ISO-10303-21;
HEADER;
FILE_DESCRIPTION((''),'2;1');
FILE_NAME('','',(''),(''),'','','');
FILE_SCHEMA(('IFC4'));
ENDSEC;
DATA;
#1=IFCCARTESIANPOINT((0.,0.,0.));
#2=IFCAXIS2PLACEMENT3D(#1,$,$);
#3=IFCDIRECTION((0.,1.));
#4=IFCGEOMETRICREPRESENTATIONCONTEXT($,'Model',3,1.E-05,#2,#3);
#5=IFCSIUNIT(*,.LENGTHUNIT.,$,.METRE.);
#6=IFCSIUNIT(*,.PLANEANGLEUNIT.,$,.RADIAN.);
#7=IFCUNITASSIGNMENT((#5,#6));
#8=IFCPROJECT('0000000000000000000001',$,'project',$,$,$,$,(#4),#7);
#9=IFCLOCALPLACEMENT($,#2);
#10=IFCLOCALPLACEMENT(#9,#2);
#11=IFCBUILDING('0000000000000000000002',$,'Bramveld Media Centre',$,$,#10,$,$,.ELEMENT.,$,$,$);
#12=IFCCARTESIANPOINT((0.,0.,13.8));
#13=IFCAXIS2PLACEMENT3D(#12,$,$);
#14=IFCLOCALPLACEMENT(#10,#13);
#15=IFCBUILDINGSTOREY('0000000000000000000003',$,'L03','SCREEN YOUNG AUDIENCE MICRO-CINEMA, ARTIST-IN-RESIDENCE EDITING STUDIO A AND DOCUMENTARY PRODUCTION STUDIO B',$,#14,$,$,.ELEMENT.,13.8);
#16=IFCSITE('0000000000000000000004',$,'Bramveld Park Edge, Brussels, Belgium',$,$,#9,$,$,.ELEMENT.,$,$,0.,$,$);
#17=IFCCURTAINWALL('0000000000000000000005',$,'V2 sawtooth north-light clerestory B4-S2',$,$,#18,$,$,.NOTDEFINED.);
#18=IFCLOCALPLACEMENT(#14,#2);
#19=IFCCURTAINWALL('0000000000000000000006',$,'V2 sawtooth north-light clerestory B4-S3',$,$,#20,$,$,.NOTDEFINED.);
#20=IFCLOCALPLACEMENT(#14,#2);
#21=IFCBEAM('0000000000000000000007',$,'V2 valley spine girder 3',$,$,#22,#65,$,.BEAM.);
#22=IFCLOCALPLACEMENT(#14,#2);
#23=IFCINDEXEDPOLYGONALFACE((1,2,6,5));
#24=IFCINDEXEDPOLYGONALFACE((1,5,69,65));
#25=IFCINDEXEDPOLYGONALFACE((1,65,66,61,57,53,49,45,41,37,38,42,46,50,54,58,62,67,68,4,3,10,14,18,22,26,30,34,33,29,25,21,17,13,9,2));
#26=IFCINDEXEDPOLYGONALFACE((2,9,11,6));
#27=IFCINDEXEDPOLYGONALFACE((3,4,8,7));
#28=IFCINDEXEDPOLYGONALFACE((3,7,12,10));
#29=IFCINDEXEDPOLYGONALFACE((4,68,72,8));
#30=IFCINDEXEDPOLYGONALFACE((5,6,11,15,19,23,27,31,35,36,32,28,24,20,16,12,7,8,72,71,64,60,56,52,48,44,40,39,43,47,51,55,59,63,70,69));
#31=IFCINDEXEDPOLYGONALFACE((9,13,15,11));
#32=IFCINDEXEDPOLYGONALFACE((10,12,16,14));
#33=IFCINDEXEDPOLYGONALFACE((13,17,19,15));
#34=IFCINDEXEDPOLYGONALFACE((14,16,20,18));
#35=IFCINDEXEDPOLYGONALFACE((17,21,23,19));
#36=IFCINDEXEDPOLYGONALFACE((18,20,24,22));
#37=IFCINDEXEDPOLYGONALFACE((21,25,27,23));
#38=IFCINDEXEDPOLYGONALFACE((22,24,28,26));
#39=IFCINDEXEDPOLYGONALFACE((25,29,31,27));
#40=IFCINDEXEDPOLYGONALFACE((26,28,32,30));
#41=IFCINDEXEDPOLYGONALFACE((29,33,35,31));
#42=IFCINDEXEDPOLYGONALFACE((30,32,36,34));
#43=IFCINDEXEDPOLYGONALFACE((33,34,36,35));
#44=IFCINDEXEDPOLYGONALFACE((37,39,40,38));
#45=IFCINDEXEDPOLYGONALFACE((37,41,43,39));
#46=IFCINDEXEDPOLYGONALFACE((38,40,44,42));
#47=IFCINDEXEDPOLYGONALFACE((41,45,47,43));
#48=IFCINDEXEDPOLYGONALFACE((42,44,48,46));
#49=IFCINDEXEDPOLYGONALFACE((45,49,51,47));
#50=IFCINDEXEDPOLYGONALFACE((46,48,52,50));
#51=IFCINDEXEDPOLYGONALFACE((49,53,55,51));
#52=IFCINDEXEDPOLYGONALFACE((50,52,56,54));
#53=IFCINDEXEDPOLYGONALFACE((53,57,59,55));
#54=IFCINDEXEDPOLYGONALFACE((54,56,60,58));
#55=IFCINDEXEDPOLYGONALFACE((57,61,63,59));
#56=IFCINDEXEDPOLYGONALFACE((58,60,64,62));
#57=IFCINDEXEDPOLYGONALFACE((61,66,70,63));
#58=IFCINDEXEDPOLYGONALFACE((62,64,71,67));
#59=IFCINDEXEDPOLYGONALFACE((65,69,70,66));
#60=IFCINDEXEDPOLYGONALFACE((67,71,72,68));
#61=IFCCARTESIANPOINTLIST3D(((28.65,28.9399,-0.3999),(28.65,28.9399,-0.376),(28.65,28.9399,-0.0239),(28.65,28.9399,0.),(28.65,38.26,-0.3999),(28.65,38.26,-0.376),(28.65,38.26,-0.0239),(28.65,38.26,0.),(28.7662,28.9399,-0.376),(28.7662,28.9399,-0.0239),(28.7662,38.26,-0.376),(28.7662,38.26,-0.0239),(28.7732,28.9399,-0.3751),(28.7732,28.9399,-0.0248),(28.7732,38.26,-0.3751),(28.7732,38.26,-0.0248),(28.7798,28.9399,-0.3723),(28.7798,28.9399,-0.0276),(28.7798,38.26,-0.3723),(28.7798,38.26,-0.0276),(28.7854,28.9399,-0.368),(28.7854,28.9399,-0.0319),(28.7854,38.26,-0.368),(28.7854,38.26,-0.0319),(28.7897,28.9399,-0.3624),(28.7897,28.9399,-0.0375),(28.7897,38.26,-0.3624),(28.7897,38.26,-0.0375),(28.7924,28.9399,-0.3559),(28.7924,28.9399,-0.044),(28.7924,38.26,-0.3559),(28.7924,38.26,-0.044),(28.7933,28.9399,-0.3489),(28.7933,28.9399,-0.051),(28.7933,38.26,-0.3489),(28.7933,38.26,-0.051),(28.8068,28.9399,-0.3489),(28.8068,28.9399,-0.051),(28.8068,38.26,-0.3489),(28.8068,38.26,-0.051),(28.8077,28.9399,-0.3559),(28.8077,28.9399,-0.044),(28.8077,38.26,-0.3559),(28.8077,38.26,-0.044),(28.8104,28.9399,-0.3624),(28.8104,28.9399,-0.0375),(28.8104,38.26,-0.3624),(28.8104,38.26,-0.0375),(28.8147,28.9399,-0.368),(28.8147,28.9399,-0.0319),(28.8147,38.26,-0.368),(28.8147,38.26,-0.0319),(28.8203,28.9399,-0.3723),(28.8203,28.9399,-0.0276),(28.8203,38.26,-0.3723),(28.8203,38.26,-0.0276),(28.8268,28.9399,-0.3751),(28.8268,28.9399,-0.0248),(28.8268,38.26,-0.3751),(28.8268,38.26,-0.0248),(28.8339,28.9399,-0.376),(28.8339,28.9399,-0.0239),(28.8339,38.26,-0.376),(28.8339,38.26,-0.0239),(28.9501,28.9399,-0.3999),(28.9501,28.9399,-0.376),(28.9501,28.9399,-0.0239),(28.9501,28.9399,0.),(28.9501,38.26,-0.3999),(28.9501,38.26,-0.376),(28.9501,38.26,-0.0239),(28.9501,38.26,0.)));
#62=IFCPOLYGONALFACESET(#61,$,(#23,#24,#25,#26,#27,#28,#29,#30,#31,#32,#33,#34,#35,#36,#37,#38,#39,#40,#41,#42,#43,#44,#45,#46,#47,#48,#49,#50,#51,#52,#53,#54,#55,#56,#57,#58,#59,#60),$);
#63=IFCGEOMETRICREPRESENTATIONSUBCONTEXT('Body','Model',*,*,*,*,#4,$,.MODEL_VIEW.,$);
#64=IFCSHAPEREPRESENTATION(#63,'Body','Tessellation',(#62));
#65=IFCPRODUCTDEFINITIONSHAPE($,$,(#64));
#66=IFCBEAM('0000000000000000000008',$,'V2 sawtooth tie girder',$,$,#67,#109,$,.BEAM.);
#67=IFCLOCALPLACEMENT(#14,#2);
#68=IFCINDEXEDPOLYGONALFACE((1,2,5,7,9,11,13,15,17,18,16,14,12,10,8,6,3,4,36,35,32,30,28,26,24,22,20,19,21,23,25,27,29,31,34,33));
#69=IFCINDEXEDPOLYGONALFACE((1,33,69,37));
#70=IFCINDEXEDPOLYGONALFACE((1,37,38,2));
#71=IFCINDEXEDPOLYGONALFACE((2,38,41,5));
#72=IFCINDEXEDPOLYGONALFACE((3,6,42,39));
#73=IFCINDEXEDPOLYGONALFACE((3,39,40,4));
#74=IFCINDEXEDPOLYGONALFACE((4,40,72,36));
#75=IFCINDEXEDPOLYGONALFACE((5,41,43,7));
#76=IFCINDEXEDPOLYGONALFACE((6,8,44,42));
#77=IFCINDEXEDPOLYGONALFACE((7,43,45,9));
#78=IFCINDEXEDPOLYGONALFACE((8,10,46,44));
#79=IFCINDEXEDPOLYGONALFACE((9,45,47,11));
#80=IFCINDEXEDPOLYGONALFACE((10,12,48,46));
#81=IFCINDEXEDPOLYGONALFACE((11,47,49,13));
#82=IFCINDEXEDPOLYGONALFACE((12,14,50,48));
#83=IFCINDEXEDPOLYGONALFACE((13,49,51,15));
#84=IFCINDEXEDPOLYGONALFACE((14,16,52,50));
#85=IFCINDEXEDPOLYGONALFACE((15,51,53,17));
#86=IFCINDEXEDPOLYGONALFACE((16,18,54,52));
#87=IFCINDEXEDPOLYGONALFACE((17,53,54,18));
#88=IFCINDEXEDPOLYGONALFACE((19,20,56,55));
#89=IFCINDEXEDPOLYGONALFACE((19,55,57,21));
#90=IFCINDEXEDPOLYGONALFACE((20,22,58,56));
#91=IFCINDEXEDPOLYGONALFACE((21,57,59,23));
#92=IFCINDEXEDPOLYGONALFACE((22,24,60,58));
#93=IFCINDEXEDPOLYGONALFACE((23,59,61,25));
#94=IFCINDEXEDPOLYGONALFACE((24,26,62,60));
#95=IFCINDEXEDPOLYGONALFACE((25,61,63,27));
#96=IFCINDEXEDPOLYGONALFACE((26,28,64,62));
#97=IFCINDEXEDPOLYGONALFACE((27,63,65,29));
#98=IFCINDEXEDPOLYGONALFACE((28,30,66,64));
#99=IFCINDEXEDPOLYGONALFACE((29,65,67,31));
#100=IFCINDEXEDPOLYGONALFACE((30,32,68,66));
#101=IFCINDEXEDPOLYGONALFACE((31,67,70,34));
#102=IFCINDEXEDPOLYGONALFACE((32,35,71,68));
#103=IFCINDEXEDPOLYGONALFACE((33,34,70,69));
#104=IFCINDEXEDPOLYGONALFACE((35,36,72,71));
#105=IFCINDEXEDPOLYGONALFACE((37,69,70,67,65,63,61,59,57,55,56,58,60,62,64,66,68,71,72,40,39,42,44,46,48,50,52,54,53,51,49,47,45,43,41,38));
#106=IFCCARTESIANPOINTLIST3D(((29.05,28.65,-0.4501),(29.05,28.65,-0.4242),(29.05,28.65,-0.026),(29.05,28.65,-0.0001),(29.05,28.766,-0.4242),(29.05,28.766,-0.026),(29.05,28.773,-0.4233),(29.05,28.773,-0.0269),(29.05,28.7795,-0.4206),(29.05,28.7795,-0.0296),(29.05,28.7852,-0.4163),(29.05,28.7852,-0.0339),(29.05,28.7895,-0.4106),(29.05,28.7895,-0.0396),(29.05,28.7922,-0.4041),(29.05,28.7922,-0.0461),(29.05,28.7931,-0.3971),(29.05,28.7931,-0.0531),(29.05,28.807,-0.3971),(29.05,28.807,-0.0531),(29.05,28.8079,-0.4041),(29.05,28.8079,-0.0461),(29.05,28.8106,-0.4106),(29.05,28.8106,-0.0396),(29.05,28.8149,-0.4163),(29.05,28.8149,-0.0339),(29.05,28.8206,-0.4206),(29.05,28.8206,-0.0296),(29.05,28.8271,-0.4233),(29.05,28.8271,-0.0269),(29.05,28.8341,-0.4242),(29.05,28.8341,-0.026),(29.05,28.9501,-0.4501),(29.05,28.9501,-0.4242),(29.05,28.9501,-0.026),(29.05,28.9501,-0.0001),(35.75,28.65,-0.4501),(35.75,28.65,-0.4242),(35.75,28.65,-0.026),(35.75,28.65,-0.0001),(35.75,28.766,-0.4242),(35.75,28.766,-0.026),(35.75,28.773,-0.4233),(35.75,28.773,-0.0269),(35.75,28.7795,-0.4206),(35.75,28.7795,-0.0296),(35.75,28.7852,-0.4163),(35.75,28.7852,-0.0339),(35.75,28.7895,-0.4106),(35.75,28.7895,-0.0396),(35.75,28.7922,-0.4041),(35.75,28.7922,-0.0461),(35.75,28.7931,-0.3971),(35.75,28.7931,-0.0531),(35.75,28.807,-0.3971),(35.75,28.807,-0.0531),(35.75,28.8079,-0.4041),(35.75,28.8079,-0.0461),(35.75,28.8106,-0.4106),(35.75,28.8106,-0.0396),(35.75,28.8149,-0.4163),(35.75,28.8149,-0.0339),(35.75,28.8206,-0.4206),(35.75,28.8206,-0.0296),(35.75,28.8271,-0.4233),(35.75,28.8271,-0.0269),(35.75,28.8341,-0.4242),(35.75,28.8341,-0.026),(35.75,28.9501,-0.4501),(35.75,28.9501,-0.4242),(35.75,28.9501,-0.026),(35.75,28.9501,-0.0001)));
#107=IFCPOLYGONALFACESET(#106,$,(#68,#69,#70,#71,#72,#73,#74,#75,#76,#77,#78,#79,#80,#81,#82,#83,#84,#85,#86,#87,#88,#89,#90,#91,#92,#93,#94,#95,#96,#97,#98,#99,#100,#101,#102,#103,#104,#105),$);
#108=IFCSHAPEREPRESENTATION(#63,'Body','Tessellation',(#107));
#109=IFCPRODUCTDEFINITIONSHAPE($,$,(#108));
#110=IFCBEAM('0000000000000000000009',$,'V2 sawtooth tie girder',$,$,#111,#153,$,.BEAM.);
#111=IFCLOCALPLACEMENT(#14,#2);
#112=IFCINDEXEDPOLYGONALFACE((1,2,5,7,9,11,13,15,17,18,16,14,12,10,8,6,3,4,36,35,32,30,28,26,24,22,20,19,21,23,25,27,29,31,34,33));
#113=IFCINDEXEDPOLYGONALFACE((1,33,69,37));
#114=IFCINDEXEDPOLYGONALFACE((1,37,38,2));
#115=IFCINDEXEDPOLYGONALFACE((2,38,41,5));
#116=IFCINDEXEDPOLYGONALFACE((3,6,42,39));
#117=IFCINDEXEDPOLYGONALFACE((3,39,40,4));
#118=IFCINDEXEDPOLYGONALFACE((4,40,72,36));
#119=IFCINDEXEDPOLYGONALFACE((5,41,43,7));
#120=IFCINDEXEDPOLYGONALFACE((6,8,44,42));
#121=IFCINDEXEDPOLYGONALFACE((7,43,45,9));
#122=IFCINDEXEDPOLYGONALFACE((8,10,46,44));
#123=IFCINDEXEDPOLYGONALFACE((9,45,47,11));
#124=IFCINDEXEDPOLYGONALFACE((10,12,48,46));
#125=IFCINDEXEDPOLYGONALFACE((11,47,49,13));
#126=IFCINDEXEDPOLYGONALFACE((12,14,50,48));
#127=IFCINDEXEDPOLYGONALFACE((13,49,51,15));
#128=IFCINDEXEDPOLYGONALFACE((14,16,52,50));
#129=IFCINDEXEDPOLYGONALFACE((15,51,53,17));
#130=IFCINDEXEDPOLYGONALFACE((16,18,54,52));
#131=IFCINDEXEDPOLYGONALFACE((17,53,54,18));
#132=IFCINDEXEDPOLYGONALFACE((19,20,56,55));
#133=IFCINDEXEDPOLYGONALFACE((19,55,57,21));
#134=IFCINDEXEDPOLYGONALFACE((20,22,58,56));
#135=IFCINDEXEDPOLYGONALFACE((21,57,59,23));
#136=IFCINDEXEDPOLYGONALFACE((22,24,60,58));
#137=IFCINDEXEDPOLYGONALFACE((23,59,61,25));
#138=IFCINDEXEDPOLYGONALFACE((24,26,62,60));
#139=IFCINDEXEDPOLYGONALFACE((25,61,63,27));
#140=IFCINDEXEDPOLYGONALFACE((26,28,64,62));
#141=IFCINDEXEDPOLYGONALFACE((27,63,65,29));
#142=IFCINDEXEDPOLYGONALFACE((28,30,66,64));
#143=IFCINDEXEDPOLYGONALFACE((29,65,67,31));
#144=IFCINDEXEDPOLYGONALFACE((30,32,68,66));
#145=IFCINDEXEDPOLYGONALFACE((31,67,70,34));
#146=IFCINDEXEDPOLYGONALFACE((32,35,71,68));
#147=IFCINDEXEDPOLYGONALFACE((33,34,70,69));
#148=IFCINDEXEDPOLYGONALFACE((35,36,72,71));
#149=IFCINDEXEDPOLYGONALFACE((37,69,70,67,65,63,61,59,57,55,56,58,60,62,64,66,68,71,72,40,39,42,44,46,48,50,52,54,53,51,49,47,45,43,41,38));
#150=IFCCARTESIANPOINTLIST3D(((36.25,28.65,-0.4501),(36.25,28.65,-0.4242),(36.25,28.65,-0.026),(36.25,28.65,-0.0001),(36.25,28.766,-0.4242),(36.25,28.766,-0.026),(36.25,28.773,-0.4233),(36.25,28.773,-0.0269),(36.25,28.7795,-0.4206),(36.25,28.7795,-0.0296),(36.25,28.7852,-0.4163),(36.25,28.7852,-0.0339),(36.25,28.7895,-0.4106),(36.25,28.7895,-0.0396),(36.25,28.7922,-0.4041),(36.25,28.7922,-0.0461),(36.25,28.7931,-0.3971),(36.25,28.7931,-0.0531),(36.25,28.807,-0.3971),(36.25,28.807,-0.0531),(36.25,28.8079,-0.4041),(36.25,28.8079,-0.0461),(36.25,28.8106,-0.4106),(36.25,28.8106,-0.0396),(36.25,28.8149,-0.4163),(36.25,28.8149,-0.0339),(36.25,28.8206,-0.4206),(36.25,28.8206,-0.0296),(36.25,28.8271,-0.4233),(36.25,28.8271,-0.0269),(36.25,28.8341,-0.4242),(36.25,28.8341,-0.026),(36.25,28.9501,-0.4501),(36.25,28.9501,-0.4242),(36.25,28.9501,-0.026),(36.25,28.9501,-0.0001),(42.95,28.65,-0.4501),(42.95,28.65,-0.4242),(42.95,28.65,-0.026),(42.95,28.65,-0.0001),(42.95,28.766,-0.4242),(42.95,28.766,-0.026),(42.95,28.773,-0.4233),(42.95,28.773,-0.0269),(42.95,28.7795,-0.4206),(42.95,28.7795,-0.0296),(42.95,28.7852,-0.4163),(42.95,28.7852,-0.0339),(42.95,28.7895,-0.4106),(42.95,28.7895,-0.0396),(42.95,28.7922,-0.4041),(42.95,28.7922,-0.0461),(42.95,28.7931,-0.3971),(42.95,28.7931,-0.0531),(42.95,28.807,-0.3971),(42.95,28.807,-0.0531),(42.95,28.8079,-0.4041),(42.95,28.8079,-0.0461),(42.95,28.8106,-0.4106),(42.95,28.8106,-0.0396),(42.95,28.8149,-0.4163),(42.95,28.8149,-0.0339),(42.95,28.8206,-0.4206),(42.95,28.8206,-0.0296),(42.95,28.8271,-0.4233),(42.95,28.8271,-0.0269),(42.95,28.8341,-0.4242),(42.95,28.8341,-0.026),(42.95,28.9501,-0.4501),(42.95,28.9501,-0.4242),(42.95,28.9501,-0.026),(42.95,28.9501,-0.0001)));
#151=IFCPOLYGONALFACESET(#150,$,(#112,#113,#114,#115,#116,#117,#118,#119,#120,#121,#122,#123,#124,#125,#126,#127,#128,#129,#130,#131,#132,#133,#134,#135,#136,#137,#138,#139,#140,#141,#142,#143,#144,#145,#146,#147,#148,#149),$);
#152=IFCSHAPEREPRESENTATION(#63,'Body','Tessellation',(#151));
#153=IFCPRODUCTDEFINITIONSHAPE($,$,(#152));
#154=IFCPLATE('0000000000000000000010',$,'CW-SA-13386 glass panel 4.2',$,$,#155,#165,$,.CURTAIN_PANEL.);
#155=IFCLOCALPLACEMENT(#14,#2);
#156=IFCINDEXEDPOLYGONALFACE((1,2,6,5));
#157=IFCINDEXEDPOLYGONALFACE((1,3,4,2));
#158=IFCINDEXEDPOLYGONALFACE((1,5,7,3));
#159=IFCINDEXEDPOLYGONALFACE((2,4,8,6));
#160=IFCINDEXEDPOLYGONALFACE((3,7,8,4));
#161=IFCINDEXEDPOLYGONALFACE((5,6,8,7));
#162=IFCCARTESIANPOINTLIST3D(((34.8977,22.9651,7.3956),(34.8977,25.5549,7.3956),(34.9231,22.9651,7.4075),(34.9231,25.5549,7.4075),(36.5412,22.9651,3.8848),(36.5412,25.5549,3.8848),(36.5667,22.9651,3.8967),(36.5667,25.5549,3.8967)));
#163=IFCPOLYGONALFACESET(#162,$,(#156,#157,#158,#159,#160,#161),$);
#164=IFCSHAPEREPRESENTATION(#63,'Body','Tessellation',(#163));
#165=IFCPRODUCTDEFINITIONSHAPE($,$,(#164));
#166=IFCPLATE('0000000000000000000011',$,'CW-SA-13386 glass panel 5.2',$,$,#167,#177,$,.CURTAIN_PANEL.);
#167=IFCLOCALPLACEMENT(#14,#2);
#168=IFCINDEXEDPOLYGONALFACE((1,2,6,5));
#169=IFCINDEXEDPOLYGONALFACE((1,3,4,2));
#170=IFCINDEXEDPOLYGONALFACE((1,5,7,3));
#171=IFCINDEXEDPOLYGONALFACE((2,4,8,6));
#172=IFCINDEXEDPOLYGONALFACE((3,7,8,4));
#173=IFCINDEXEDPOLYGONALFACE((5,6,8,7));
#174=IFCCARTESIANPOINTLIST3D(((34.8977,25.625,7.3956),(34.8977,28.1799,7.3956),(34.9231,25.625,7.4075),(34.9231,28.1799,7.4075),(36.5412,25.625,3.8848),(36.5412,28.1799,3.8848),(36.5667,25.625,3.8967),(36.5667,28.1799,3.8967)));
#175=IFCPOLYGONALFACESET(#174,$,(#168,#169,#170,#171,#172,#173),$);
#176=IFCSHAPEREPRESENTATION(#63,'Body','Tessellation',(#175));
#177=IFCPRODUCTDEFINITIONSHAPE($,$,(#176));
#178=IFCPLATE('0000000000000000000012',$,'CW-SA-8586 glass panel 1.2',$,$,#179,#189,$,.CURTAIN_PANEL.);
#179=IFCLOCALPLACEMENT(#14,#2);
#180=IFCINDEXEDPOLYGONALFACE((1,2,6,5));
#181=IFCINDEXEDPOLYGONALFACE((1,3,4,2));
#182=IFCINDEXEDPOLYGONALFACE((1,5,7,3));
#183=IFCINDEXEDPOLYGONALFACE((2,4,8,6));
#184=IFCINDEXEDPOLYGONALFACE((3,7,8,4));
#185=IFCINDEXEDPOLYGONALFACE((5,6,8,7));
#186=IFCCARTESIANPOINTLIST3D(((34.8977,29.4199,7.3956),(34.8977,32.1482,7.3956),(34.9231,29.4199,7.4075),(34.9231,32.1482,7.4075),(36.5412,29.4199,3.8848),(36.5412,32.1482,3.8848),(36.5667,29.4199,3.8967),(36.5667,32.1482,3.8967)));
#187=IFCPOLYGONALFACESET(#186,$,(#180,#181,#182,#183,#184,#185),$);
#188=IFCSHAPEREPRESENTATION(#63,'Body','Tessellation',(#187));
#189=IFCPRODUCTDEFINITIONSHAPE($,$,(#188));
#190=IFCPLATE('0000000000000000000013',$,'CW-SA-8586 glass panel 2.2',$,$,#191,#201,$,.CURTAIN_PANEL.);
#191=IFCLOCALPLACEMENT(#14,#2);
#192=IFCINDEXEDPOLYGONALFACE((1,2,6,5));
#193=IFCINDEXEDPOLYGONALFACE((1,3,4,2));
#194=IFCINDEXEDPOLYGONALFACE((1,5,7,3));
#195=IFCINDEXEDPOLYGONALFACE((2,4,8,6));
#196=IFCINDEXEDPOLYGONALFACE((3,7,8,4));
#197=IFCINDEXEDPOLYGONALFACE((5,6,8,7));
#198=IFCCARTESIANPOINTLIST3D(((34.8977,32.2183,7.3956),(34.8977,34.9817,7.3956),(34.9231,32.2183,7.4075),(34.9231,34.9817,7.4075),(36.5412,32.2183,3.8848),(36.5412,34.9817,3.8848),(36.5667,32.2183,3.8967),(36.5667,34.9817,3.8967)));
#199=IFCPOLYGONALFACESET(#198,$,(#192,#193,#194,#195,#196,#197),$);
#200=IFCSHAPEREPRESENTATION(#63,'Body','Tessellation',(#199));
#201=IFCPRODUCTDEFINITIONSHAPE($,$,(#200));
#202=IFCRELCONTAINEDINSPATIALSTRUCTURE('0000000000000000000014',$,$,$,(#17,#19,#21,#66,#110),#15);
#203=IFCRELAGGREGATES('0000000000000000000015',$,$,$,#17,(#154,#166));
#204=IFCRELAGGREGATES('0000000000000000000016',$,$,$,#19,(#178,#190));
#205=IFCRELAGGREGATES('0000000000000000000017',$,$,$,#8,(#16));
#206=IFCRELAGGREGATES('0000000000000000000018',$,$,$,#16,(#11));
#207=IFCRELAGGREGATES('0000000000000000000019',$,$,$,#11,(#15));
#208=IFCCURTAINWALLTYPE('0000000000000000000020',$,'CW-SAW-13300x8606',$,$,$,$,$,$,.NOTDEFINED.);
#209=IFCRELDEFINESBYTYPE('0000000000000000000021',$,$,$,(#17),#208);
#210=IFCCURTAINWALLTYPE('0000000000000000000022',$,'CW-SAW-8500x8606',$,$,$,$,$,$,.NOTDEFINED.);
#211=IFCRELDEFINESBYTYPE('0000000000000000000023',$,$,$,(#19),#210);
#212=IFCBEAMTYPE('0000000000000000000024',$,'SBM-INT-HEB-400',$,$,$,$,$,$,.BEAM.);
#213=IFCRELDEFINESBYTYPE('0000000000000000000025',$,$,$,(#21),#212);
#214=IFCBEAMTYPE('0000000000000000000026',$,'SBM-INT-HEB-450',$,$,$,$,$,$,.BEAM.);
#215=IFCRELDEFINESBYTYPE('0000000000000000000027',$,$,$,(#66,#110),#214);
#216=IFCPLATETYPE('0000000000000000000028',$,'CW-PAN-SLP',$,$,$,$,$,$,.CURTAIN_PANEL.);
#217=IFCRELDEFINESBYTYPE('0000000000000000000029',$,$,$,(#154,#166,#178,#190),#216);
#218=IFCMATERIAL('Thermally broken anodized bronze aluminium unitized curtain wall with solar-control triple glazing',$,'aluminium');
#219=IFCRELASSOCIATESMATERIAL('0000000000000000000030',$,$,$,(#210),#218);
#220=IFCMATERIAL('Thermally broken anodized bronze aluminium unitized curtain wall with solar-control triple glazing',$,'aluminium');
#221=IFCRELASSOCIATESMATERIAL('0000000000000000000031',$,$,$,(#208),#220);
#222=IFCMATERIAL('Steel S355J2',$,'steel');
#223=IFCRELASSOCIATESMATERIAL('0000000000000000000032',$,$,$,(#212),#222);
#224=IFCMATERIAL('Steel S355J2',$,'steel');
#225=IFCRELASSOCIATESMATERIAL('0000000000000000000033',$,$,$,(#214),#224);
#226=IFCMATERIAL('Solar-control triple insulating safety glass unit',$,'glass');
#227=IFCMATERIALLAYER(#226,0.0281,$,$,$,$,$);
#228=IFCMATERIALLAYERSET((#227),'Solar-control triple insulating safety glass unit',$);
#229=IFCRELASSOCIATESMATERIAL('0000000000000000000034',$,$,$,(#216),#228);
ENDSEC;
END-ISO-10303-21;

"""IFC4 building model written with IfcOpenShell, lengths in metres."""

from ifc_helpers import new_model, si_unit, direction, frame, origin, origin_2d, place, context, subcontext, project, spatial, polyline, i_section, outline, extrude, material, layer, layer_set, material_profile, profile_set, type_object, element, aggregate, save


model = new_model("IFC4")

# Units and contexts
model_context = context("Model", 3, precision=1e-05, world=origin(), true_north=direction((0.0, 1.0)))
body_context = subcontext(model_context, "Body", "Model", "MODEL_VIEW")
ifc_project = project(units=[si_unit("LENGTHUNIT", "METRE"), si_unit("PLANEANGLEUNIT", "RADIAN")], contexts=[model_context])

# Site, building, storey
site_placement = place(None, origin())
site = spatial("IfcSite", under=ifc_project, at=site_placement, Name="Bramveld Park Edge, Brussels, Belgium", CompositionType="ELEMENT", RefElevation=0.0)
building_placement = place(site_placement, origin())
building = spatial("IfcBuilding", under=site, at=building_placement, Name="Bramveld Media Centre", CompositionType="ELEMENT")
storey_placement = place(building_placement, frame((0.0, 0.0, 13.8)))
storey = spatial("IfcBuildingStorey", under=building, at=storey_placement, Name="L03", Description="SCREEN YOUNG AUDIENCE MICRO-CINEMA, ARTIST-IN-RESIDENCE EDITING STUDIO A AND DOCUMENTARY PRODUCTION STUDIO B", CompositionType="ELEMENT", Elevation=13.8)

# Curtain walls
ifc_material_1 = material(Name="Thermally broken anodized bronze aluminium unitized curtain wall with solar-control triple glazing", Category="aluminium")
curtain_wall_type_1 = type_object("IfcCurtainWallType", Name="CW-SAW-8500x8606", PredefinedType="NOTDEFINED", material=ifc_material_1)
ifc_material_2 = material(Name="Thermally broken anodized bronze aluminium unitized curtain wall with solar-control triple glazing", Category="aluminium")
curtain_wall_type_2 = type_object("IfcCurtainWallType", Name="CW-SAW-13300x8606", PredefinedType="NOTDEFINED", material=ifc_material_2)
curtain_wall_1_placement = place(storey_placement, origin())
curtain_wall_1 = element("IfcCurtainWall", 1, at=curtain_wall_1_placement, inside=storey, type_object=curtain_wall_type_2, Name="V2 sawtooth north-light clerestory B4-S2", PredefinedType="NOTDEFINED")
curtain_wall_2_placement = place(storey_placement, origin())
curtain_wall_2 = element("IfcCurtainWall", 2, at=curtain_wall_2_placement, inside=storey, type_object=curtain_wall_type_1, Name="V2 sawtooth north-light clerestory B4-S3", PredefinedType="NOTDEFINED")

# Beams
ifc_material_3 = material(Name="Steel S355J2", Category="steel")
ifc_material_profile_1 = material_profile(ifc_material_3, i_section(OverallWidth=0.3, OverallDepth=0.3999, WebThickness=0.0134, FlangeThickness=0.0239, FilletRadius=0.0271, at=origin_2d()), Name="HEB 400")
ifc_profile_set_1 = profile_set([ifc_material_profile_1], Name="Steel S355J2")
beam_type_1 = type_object("IfcBeamType", Name="SBM-INT-HEB-400", PredefinedType="BEAM", material=ifc_profile_set_1)
beam_1_placement = place(storey_placement, frame((28.8, 28.9399, -0.2), z_axis=(0.0, 1.0, 0.0), x_axis=(-1.0, 0.0, 0.0)))
element("IfcBeam", 3, at=beam_1_placement, inside=storey, type_object=beam_type_1, Name="V2 valley spine girder 3", PredefinedType="BEAM", context=body_context, shape_type="SweptSolid", body=[
    extrude(i_section(OverallWidth=0.3, OverallDepth=0.3999, WebThickness=0.0134, FlangeThickness=0.0239, FilletRadius=0.0271, at=origin_2d()), origin(), (0.0, 0.0, 1.0), 9.3201),
])
ifc_material_4 = material(Name="Steel S355J2", Category="steel")
ifc_material_profile_2 = material_profile(ifc_material_4, i_section(OverallWidth=0.3, OverallDepth=0.45, WebThickness=0.0139, FlangeThickness=0.0259, FilletRadius=0.0271, at=origin_2d()), Name="HEB 450")
ifc_profile_set_2 = profile_set([ifc_material_profile_2], Name="Steel S355J2")
beam_type_2 = type_object("IfcBeamType", Name="SBM-INT-HEB-450", PredefinedType="BEAM", material=ifc_profile_set_2)
for number, where, z_axis, x_axis, name in (
    (4, (29.05, 28.8, -0.2251), (1.0, 0.0, 0.0), (0.0, 1.0, 0.0), "V2 sawtooth tie girder"),
    (5, (36.25, 28.8, -0.2251), (1.0, 0.0, 0.0), (0.0, 1.0, 0.0), "V2 sawtooth tie girder"),
):
    element("IfcBeam", number, at=place(storey_placement, frame(where, z_axis=z_axis, x_axis=x_axis)), inside=storey, type_object=beam_type_2, Name=name, PredefinedType="BEAM", context=body_context, shape_type="SweptSolid", body=[
        extrude(i_section(OverallWidth=0.3, OverallDepth=0.45, WebThickness=0.0139, FlangeThickness=0.0259, FilletRadius=0.0271, at=origin_2d()), origin(), (0.0, 0.0, 1.0), 6.7),
    ])

# Plates
ifc_material_5 = material(Name="Solar-control triple insulating safety glass unit", Category="glass")
ifc_layer_1 = layer(ifc_material_5, 0.0281)
ifc_layer_set_1 = layer_set([ifc_layer_1], Name="Solar-control triple insulating safety glass unit")
plate_type_1 = type_object("IfcPlateType", Name="CW-PAN-SLP", PredefinedType="CURTAIN_PANEL", material=ifc_layer_set_1)
plate_1_placement = place(storey_placement, frame((36.5667, 22.9651, 3.8967), z_axis=(0.905668, 0.0, 0.423988), x_axis=(0.0, 1.0, 0.0)))
plate_1 = element("IfcPlate", 6, at=plate_1_placement, type_object=plate_type_1, Name="CW-SA-13386 glass panel 4.2", PredefinedType="CURTAIN_PANEL", context=body_context, shape_type="SweptSolid", body=[
    extrude(outline(polyline([(0.0, 0.0), (2.5898, 0.0), (2.5898, 3.8764), (0.0, 3.8764), (0.0, 0.0)])), origin(), (0.0, 0.0, -1.0), 0.0281),
])
plate_2_placement = place(storey_placement, frame((36.5667, 25.625, 3.8967), z_axis=(0.905668, 0.0, 0.423988), x_axis=(0.0, 1.0, 0.0)))
plate_2 = element("IfcPlate", 7, at=plate_2_placement, type_object=plate_type_1, Name="CW-SA-13386 glass panel 5.2", PredefinedType="CURTAIN_PANEL", context=body_context, shape_type="SweptSolid", body=[
    extrude(outline(polyline([(0.0, 0.0), (2.5549, 0.0), (2.5549, 3.8764), (0.0, 3.8764), (0.0, 0.0)])), origin(), (0.0, 0.0, -1.0), 0.0281),
])
aggregate(curtain_wall_1, [plate_1, plate_2])
plate_3_placement = place(storey_placement, frame((36.5667, 29.4199, 3.8967), z_axis=(0.905668, 0.0, 0.423988), x_axis=(0.0, 1.0, 0.0)))
plate_3 = element("IfcPlate", 8, at=plate_3_placement, type_object=plate_type_1, Name="CW-SA-8586 glass panel 1.2", PredefinedType="CURTAIN_PANEL", context=body_context, shape_type="SweptSolid", body=[
    extrude(outline(polyline([(0.0, 0.0), (2.7283, 0.0), (2.7283, 3.8764), (0.0, 3.8764), (0.0, 0.0)])), origin(), (0.0, 0.0, -1.0), 0.0281),
])
plate_4_placement = place(storey_placement, frame((36.5667, 32.2183, 3.8967), z_axis=(0.905668, 0.0, 0.423988), x_axis=(0.0, 1.0, 0.0)))
plate_4 = element("IfcPlate", 9, at=plate_4_placement, type_object=plate_type_1, Name="CW-SA-8586 glass panel 2.2", PredefinedType="CURTAIN_PANEL", context=body_context, shape_type="SweptSolid", body=[
    extrude(outline(polyline([(0.0, 0.0), (2.7634, 0.0), (2.7634, 3.8764), (0.0, 3.8764), (0.0, 0.0)])), origin(), (0.0, 0.0, -1.0), 0.0281),
])
aggregate(curtain_wall_2, [plate_3, plate_4])

save(model, "model.ifc")
